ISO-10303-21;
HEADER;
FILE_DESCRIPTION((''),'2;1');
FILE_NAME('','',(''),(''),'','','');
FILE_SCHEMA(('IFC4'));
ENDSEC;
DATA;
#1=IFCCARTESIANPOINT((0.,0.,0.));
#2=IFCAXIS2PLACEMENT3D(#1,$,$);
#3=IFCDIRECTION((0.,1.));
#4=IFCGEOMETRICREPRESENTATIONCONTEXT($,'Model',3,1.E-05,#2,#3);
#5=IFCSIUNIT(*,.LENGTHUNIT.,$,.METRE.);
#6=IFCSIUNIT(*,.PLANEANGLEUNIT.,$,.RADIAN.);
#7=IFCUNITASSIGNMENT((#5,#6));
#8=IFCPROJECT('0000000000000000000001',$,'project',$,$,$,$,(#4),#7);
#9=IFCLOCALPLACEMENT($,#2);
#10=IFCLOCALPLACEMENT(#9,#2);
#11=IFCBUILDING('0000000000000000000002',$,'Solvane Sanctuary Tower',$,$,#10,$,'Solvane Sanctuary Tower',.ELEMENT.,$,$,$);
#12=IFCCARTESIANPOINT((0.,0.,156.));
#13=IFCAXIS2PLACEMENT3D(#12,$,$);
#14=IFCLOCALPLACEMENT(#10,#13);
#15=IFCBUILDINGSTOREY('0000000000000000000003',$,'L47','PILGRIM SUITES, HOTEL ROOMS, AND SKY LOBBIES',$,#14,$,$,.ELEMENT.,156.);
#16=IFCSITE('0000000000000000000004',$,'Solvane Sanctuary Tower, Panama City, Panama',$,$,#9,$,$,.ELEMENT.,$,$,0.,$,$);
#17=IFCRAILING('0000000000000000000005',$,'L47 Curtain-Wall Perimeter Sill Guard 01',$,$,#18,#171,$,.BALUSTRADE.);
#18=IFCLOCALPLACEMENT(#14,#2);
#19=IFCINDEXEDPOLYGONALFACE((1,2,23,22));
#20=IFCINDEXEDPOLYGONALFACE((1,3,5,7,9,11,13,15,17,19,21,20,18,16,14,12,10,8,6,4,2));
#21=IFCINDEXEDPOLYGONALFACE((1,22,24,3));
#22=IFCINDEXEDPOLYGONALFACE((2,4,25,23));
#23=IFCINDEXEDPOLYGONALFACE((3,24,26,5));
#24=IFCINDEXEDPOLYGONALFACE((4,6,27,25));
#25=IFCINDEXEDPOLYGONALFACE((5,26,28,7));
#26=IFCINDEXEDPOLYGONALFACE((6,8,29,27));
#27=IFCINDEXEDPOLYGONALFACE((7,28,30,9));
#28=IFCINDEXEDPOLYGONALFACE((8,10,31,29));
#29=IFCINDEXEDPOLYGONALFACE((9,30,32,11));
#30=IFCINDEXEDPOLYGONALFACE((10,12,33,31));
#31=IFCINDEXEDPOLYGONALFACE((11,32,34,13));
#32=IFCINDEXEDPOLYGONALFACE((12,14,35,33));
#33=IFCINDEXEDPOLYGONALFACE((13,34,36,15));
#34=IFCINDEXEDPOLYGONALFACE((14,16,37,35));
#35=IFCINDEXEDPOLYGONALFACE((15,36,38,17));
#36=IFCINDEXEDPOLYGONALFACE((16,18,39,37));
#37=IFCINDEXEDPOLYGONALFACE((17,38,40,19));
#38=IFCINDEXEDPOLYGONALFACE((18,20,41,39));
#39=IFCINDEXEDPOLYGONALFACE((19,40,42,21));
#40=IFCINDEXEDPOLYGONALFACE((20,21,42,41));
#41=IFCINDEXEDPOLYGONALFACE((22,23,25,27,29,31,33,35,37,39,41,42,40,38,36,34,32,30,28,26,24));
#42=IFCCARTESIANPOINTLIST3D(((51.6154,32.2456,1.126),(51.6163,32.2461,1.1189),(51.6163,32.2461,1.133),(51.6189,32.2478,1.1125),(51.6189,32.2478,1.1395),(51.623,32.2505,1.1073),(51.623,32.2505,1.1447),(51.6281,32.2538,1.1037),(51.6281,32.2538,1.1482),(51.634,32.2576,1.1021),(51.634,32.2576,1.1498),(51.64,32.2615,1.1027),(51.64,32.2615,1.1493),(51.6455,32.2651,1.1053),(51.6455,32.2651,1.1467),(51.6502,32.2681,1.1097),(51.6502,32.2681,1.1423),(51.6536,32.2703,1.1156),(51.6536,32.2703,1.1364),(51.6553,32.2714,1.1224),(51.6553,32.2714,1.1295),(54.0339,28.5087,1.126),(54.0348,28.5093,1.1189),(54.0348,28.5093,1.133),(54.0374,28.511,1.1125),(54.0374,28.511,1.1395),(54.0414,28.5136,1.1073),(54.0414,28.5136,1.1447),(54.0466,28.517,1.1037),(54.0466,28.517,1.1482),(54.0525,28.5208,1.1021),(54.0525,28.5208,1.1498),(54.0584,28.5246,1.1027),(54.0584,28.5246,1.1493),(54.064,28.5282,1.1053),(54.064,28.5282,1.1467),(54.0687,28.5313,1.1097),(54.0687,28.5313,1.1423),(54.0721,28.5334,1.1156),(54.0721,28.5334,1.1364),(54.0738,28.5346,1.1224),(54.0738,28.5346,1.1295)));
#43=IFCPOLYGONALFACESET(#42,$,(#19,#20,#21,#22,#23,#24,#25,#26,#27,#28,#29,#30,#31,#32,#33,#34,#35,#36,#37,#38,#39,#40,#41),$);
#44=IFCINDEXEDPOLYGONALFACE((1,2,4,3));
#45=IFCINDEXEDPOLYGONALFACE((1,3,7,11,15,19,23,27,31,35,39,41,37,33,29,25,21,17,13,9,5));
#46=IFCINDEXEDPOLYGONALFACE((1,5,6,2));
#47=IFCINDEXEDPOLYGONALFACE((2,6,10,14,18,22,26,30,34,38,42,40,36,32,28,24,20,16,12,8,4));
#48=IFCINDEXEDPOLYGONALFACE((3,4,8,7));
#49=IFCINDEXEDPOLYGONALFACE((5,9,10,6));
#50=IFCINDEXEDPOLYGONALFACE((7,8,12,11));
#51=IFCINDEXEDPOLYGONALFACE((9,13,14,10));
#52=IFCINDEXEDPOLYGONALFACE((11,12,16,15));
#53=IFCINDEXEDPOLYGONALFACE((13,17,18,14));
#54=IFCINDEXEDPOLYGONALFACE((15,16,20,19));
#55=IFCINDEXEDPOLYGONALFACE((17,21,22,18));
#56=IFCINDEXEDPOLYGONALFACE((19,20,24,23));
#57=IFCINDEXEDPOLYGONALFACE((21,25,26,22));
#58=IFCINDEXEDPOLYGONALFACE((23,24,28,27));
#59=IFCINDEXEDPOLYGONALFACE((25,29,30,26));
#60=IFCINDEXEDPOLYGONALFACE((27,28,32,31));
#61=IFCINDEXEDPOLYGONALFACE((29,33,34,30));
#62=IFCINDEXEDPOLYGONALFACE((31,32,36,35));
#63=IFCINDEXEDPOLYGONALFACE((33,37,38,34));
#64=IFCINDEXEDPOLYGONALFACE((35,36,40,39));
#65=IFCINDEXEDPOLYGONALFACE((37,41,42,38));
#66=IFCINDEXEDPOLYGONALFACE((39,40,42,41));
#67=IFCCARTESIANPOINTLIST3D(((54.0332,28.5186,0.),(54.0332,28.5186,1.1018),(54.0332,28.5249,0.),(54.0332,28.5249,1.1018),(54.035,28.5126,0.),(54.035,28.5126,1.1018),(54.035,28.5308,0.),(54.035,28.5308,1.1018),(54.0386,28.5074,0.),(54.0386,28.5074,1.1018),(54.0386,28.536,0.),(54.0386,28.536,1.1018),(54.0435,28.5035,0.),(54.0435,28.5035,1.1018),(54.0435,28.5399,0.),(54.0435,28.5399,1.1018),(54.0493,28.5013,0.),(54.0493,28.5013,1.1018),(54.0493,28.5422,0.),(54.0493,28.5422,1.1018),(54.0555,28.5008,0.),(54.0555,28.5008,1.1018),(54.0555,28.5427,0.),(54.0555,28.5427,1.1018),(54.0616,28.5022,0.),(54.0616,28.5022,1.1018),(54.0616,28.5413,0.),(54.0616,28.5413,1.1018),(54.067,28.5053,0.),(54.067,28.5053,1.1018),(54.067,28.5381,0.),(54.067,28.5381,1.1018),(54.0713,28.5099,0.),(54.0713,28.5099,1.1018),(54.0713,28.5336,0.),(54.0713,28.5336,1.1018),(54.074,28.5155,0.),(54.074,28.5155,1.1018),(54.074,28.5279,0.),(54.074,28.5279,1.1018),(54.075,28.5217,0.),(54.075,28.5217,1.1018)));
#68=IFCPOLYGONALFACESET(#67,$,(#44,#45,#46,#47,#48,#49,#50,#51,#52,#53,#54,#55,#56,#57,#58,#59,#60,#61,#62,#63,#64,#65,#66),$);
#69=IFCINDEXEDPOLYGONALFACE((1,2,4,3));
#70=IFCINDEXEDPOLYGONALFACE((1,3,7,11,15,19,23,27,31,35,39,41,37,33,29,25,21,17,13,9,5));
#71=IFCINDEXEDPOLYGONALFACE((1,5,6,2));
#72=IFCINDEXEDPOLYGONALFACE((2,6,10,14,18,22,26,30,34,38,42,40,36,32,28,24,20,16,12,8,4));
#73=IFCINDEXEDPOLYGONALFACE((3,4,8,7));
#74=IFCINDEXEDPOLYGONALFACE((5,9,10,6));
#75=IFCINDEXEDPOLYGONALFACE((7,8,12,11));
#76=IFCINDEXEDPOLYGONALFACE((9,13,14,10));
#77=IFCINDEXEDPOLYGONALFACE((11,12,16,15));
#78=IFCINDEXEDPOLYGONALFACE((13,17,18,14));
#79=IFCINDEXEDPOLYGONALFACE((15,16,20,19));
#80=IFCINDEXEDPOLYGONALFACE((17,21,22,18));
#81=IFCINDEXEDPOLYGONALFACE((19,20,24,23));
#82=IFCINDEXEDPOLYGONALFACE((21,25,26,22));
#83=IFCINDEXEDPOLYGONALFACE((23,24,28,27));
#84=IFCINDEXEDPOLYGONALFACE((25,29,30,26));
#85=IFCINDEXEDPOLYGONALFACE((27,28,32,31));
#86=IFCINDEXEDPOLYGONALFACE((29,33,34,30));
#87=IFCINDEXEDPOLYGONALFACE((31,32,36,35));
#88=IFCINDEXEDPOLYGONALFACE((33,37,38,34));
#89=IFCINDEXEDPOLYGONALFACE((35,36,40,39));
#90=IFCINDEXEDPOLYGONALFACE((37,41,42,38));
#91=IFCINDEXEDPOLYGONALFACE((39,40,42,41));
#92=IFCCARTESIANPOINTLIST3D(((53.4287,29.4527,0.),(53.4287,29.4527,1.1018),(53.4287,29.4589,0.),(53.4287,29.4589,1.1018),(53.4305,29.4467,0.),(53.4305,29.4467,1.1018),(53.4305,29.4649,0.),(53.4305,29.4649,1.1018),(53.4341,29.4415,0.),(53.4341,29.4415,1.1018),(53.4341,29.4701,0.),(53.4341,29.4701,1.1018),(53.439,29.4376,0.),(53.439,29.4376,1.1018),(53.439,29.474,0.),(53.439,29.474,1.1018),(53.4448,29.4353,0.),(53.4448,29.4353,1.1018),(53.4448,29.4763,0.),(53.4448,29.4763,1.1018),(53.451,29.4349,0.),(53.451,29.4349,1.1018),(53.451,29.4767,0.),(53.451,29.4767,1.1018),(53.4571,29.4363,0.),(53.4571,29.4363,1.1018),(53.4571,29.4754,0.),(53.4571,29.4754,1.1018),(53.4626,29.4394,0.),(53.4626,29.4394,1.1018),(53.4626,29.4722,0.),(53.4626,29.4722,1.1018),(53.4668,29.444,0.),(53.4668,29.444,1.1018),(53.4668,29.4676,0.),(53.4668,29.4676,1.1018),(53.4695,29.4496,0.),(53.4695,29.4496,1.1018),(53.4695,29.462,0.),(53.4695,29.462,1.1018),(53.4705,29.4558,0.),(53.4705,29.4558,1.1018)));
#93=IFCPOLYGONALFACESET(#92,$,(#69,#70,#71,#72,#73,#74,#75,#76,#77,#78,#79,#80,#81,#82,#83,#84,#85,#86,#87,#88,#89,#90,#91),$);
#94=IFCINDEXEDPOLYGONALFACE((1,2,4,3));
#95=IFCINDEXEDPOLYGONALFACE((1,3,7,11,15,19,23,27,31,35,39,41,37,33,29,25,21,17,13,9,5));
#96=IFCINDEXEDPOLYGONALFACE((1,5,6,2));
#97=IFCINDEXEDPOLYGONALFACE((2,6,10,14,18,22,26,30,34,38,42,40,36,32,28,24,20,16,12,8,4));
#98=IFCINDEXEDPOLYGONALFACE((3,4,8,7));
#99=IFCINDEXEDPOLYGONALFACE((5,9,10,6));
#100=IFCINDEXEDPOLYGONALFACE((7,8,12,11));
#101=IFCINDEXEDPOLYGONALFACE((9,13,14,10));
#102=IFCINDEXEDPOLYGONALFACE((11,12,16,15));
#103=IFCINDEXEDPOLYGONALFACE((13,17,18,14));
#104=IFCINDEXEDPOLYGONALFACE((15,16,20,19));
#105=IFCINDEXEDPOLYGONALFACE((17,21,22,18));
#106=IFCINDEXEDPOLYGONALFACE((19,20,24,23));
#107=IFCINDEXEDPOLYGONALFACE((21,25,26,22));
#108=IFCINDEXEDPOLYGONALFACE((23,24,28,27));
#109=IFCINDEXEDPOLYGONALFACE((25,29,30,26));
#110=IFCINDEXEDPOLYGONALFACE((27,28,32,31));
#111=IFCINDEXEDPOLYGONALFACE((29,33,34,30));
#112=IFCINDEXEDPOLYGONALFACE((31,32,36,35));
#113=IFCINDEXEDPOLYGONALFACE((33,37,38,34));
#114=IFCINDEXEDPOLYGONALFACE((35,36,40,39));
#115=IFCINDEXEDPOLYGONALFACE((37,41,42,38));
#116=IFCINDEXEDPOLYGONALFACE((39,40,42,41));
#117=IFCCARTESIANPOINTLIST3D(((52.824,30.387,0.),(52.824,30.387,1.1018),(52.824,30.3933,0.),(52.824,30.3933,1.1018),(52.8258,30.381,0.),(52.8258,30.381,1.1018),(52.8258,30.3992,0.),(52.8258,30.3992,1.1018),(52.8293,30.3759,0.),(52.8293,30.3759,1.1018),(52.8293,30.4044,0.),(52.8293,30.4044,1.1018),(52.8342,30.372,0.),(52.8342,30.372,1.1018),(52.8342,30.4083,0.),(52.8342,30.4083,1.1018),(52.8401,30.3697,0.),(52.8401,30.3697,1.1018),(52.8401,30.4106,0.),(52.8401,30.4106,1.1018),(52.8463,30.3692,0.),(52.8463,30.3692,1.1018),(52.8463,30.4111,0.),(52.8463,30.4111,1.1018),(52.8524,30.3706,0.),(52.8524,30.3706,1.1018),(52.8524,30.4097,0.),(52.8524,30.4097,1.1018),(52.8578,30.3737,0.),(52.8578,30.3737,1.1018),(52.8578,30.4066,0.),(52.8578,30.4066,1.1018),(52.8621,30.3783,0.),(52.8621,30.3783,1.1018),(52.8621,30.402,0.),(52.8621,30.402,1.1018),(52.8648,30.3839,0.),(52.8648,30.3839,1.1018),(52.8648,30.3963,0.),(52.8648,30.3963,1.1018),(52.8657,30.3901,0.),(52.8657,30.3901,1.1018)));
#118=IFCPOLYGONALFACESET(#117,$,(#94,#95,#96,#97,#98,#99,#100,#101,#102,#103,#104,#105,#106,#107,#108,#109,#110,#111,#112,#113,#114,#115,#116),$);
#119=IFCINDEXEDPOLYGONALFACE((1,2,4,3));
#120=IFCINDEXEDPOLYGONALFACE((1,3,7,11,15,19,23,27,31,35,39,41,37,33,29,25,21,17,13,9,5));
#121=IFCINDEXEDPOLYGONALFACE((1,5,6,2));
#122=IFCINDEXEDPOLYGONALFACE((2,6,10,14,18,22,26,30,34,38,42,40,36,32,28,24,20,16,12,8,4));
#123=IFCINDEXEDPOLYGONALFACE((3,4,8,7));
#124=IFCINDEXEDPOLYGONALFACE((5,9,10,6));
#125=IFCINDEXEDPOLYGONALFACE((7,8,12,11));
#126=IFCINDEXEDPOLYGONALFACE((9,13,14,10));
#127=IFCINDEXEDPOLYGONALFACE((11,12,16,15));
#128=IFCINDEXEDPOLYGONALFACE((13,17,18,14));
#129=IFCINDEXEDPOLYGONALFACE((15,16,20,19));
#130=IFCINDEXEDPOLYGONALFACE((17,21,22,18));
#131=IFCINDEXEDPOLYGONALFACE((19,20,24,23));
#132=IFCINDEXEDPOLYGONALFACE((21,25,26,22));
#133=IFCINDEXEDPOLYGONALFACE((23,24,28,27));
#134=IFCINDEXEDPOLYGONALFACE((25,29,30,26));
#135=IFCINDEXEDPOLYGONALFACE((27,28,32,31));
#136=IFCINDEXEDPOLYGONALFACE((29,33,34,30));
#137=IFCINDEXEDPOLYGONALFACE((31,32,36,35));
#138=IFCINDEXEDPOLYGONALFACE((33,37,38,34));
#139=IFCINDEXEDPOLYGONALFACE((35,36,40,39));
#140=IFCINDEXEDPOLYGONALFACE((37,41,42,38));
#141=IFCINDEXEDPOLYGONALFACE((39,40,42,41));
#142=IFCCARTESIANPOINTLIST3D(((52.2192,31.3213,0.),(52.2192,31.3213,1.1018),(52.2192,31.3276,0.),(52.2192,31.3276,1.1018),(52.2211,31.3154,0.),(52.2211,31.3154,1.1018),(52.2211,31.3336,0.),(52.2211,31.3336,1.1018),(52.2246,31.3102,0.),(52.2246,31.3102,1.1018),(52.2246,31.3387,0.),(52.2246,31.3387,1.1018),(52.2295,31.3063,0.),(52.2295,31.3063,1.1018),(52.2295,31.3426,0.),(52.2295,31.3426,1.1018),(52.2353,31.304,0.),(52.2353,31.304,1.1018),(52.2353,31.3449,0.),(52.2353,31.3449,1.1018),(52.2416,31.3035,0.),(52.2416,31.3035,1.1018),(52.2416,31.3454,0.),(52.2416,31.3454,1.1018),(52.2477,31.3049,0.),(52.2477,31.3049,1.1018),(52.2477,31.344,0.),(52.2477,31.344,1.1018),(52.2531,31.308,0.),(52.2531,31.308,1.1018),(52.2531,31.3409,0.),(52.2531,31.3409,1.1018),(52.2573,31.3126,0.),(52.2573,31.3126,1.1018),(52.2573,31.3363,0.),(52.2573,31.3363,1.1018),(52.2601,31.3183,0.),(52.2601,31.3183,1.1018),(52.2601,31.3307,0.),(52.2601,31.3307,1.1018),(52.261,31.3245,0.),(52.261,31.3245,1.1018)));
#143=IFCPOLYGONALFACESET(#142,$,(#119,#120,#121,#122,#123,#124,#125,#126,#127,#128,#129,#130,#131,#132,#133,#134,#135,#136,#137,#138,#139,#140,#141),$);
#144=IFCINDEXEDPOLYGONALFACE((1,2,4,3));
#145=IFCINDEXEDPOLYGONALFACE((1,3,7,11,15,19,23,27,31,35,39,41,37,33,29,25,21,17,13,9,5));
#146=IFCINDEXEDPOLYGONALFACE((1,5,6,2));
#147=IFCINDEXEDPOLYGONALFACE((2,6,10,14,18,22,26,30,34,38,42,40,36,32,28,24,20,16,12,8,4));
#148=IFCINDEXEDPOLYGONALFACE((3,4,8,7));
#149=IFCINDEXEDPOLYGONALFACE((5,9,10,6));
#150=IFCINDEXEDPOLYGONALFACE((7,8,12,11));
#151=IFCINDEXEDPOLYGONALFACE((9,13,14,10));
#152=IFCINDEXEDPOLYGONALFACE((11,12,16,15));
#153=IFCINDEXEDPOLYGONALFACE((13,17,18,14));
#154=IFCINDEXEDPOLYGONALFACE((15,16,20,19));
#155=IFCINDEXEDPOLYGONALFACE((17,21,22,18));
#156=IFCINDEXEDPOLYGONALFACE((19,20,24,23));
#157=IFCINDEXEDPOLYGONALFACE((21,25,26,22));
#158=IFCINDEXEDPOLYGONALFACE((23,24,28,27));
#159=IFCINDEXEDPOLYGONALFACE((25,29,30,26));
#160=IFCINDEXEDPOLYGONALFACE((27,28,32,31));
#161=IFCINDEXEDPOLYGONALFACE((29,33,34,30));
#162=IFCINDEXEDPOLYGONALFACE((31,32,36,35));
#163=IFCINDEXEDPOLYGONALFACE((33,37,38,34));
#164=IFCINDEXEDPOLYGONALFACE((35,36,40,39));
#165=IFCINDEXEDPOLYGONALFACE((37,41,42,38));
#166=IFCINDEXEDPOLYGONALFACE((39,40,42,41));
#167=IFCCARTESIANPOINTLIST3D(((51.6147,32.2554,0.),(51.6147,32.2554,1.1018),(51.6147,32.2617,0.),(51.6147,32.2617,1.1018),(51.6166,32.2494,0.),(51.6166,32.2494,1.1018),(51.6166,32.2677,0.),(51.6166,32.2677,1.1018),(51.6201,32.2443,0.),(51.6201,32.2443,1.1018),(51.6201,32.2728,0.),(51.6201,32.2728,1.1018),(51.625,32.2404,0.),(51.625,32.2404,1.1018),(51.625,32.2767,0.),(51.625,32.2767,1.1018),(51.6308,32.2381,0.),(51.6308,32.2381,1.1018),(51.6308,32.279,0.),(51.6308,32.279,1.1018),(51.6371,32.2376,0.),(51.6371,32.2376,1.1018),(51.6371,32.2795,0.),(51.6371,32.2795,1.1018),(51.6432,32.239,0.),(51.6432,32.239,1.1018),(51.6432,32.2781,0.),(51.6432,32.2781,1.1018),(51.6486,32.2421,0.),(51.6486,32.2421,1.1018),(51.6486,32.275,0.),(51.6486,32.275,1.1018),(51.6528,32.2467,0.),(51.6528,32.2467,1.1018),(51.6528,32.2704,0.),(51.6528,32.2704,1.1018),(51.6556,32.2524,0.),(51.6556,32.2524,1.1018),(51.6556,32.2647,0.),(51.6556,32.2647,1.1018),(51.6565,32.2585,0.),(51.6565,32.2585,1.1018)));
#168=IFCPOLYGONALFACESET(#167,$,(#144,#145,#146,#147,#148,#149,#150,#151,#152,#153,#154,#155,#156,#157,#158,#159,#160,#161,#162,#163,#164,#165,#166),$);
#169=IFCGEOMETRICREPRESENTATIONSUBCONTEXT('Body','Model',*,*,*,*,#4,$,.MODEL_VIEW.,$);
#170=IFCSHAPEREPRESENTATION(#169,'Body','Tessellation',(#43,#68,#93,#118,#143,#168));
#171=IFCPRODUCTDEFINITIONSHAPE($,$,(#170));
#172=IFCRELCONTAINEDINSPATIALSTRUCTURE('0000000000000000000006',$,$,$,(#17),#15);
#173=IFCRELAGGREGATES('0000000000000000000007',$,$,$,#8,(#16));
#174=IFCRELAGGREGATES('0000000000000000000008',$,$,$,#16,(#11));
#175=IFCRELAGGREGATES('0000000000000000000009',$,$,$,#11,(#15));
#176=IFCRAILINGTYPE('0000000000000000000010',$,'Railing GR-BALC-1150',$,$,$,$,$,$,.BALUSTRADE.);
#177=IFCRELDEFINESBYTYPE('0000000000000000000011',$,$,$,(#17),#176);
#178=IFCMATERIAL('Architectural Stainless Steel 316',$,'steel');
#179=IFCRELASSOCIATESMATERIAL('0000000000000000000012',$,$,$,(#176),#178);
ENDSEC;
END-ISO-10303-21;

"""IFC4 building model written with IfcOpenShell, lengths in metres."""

from ifc_helpers import new_model, si_unit, direction, frame, origin, origin_2d, place, context, subcontext, project, spatial, circle, extrude, material, type_object, element, save


model = new_model("IFC4")

# Units and contexts
model_context = context("Model", 3, precision=1e-05, world=origin(), true_north=direction((0.0, 1.0)))
body_context = subcontext(model_context, "Body", "Model", "MODEL_VIEW")
ifc_project = project(units=[si_unit("LENGTHUNIT", "METRE"), si_unit("PLANEANGLEUNIT", "RADIAN")], contexts=[model_context])

# Site, building, storey
site_placement = place(None, origin())
site = spatial("IfcSite", under=ifc_project, at=site_placement, Name="Solvane Sanctuary Tower, Panama City, Panama", CompositionType="ELEMENT", RefElevation=0.0)
building_placement = place(site_placement, origin())
building = spatial("IfcBuilding", under=site, at=building_placement, Name="Solvane Sanctuary Tower", LongName="Solvane Sanctuary Tower", CompositionType="ELEMENT")
storey_placement = place(building_placement, frame((0.0, 0.0, 156.0)))
storey = spatial("IfcBuildingStorey", under=building, at=storey_placement, Name="L47", Description="PILGRIM SUITES, HOTEL ROOMS, AND SKY LOBBIES", CompositionType="ELEMENT", Elevation=156.0)

# Shared definitions
ifc_material_1 = material(Name="Architectural Stainless Steel 316", Category="steel")

# Railing
railing_type = type_object("IfcRailingType", Name="Railing GR-BALC-1150", PredefinedType="BALUSTRADE", material=ifc_material_1)
railing_1_placement = place(storey_placement, frame((54.054, 28.5217, 0.0)))
element("IfcRailing", 1, at=railing_1_placement, inside=storey, type_object=railing_type, Name="L47 Curtain-Wall Perimeter Sill Guard 01", PredefinedType="BALUSTRADE", context=body_context, shape_type="SweptSolid", body=[
    extrude(circle(Radius=0.0239, at=origin_2d()), frame((0.0, 0.0, 1.126), z_axis=(-0.543333, 0.839517, 0.0), x_axis=(-0.839517, -0.543333, 0.0)), (0.0, 0.0, 1.0), 4.4512),
    extrude(circle(Radius=0.021, at=origin_2d()), origin(), (0.0, 0.0, 1.0), 1.1018),
    extrude(circle(Radius=0.021, at=origin_2d()), frame((-0.6045, 0.9341, 0.0)), (0.0, 0.0, 1.0), 1.1018),
    extrude(circle(Radius=0.021, at=origin_2d()), frame((-1.2092, 1.8684, 0.0)), (0.0, 0.0, 1.0), 1.1018),
    extrude(circle(Radius=0.021, at=origin_2d()), frame((-1.814, 2.8027, 0.0)), (0.0, 0.0, 1.0), 1.1018),
    extrude(circle(Radius=0.021, at=origin_2d()), frame((-2.4185, 3.7368, 0.0)), (0.0, 0.0, 1.0), 1.1018),
])

save(model, "model.ifc")
